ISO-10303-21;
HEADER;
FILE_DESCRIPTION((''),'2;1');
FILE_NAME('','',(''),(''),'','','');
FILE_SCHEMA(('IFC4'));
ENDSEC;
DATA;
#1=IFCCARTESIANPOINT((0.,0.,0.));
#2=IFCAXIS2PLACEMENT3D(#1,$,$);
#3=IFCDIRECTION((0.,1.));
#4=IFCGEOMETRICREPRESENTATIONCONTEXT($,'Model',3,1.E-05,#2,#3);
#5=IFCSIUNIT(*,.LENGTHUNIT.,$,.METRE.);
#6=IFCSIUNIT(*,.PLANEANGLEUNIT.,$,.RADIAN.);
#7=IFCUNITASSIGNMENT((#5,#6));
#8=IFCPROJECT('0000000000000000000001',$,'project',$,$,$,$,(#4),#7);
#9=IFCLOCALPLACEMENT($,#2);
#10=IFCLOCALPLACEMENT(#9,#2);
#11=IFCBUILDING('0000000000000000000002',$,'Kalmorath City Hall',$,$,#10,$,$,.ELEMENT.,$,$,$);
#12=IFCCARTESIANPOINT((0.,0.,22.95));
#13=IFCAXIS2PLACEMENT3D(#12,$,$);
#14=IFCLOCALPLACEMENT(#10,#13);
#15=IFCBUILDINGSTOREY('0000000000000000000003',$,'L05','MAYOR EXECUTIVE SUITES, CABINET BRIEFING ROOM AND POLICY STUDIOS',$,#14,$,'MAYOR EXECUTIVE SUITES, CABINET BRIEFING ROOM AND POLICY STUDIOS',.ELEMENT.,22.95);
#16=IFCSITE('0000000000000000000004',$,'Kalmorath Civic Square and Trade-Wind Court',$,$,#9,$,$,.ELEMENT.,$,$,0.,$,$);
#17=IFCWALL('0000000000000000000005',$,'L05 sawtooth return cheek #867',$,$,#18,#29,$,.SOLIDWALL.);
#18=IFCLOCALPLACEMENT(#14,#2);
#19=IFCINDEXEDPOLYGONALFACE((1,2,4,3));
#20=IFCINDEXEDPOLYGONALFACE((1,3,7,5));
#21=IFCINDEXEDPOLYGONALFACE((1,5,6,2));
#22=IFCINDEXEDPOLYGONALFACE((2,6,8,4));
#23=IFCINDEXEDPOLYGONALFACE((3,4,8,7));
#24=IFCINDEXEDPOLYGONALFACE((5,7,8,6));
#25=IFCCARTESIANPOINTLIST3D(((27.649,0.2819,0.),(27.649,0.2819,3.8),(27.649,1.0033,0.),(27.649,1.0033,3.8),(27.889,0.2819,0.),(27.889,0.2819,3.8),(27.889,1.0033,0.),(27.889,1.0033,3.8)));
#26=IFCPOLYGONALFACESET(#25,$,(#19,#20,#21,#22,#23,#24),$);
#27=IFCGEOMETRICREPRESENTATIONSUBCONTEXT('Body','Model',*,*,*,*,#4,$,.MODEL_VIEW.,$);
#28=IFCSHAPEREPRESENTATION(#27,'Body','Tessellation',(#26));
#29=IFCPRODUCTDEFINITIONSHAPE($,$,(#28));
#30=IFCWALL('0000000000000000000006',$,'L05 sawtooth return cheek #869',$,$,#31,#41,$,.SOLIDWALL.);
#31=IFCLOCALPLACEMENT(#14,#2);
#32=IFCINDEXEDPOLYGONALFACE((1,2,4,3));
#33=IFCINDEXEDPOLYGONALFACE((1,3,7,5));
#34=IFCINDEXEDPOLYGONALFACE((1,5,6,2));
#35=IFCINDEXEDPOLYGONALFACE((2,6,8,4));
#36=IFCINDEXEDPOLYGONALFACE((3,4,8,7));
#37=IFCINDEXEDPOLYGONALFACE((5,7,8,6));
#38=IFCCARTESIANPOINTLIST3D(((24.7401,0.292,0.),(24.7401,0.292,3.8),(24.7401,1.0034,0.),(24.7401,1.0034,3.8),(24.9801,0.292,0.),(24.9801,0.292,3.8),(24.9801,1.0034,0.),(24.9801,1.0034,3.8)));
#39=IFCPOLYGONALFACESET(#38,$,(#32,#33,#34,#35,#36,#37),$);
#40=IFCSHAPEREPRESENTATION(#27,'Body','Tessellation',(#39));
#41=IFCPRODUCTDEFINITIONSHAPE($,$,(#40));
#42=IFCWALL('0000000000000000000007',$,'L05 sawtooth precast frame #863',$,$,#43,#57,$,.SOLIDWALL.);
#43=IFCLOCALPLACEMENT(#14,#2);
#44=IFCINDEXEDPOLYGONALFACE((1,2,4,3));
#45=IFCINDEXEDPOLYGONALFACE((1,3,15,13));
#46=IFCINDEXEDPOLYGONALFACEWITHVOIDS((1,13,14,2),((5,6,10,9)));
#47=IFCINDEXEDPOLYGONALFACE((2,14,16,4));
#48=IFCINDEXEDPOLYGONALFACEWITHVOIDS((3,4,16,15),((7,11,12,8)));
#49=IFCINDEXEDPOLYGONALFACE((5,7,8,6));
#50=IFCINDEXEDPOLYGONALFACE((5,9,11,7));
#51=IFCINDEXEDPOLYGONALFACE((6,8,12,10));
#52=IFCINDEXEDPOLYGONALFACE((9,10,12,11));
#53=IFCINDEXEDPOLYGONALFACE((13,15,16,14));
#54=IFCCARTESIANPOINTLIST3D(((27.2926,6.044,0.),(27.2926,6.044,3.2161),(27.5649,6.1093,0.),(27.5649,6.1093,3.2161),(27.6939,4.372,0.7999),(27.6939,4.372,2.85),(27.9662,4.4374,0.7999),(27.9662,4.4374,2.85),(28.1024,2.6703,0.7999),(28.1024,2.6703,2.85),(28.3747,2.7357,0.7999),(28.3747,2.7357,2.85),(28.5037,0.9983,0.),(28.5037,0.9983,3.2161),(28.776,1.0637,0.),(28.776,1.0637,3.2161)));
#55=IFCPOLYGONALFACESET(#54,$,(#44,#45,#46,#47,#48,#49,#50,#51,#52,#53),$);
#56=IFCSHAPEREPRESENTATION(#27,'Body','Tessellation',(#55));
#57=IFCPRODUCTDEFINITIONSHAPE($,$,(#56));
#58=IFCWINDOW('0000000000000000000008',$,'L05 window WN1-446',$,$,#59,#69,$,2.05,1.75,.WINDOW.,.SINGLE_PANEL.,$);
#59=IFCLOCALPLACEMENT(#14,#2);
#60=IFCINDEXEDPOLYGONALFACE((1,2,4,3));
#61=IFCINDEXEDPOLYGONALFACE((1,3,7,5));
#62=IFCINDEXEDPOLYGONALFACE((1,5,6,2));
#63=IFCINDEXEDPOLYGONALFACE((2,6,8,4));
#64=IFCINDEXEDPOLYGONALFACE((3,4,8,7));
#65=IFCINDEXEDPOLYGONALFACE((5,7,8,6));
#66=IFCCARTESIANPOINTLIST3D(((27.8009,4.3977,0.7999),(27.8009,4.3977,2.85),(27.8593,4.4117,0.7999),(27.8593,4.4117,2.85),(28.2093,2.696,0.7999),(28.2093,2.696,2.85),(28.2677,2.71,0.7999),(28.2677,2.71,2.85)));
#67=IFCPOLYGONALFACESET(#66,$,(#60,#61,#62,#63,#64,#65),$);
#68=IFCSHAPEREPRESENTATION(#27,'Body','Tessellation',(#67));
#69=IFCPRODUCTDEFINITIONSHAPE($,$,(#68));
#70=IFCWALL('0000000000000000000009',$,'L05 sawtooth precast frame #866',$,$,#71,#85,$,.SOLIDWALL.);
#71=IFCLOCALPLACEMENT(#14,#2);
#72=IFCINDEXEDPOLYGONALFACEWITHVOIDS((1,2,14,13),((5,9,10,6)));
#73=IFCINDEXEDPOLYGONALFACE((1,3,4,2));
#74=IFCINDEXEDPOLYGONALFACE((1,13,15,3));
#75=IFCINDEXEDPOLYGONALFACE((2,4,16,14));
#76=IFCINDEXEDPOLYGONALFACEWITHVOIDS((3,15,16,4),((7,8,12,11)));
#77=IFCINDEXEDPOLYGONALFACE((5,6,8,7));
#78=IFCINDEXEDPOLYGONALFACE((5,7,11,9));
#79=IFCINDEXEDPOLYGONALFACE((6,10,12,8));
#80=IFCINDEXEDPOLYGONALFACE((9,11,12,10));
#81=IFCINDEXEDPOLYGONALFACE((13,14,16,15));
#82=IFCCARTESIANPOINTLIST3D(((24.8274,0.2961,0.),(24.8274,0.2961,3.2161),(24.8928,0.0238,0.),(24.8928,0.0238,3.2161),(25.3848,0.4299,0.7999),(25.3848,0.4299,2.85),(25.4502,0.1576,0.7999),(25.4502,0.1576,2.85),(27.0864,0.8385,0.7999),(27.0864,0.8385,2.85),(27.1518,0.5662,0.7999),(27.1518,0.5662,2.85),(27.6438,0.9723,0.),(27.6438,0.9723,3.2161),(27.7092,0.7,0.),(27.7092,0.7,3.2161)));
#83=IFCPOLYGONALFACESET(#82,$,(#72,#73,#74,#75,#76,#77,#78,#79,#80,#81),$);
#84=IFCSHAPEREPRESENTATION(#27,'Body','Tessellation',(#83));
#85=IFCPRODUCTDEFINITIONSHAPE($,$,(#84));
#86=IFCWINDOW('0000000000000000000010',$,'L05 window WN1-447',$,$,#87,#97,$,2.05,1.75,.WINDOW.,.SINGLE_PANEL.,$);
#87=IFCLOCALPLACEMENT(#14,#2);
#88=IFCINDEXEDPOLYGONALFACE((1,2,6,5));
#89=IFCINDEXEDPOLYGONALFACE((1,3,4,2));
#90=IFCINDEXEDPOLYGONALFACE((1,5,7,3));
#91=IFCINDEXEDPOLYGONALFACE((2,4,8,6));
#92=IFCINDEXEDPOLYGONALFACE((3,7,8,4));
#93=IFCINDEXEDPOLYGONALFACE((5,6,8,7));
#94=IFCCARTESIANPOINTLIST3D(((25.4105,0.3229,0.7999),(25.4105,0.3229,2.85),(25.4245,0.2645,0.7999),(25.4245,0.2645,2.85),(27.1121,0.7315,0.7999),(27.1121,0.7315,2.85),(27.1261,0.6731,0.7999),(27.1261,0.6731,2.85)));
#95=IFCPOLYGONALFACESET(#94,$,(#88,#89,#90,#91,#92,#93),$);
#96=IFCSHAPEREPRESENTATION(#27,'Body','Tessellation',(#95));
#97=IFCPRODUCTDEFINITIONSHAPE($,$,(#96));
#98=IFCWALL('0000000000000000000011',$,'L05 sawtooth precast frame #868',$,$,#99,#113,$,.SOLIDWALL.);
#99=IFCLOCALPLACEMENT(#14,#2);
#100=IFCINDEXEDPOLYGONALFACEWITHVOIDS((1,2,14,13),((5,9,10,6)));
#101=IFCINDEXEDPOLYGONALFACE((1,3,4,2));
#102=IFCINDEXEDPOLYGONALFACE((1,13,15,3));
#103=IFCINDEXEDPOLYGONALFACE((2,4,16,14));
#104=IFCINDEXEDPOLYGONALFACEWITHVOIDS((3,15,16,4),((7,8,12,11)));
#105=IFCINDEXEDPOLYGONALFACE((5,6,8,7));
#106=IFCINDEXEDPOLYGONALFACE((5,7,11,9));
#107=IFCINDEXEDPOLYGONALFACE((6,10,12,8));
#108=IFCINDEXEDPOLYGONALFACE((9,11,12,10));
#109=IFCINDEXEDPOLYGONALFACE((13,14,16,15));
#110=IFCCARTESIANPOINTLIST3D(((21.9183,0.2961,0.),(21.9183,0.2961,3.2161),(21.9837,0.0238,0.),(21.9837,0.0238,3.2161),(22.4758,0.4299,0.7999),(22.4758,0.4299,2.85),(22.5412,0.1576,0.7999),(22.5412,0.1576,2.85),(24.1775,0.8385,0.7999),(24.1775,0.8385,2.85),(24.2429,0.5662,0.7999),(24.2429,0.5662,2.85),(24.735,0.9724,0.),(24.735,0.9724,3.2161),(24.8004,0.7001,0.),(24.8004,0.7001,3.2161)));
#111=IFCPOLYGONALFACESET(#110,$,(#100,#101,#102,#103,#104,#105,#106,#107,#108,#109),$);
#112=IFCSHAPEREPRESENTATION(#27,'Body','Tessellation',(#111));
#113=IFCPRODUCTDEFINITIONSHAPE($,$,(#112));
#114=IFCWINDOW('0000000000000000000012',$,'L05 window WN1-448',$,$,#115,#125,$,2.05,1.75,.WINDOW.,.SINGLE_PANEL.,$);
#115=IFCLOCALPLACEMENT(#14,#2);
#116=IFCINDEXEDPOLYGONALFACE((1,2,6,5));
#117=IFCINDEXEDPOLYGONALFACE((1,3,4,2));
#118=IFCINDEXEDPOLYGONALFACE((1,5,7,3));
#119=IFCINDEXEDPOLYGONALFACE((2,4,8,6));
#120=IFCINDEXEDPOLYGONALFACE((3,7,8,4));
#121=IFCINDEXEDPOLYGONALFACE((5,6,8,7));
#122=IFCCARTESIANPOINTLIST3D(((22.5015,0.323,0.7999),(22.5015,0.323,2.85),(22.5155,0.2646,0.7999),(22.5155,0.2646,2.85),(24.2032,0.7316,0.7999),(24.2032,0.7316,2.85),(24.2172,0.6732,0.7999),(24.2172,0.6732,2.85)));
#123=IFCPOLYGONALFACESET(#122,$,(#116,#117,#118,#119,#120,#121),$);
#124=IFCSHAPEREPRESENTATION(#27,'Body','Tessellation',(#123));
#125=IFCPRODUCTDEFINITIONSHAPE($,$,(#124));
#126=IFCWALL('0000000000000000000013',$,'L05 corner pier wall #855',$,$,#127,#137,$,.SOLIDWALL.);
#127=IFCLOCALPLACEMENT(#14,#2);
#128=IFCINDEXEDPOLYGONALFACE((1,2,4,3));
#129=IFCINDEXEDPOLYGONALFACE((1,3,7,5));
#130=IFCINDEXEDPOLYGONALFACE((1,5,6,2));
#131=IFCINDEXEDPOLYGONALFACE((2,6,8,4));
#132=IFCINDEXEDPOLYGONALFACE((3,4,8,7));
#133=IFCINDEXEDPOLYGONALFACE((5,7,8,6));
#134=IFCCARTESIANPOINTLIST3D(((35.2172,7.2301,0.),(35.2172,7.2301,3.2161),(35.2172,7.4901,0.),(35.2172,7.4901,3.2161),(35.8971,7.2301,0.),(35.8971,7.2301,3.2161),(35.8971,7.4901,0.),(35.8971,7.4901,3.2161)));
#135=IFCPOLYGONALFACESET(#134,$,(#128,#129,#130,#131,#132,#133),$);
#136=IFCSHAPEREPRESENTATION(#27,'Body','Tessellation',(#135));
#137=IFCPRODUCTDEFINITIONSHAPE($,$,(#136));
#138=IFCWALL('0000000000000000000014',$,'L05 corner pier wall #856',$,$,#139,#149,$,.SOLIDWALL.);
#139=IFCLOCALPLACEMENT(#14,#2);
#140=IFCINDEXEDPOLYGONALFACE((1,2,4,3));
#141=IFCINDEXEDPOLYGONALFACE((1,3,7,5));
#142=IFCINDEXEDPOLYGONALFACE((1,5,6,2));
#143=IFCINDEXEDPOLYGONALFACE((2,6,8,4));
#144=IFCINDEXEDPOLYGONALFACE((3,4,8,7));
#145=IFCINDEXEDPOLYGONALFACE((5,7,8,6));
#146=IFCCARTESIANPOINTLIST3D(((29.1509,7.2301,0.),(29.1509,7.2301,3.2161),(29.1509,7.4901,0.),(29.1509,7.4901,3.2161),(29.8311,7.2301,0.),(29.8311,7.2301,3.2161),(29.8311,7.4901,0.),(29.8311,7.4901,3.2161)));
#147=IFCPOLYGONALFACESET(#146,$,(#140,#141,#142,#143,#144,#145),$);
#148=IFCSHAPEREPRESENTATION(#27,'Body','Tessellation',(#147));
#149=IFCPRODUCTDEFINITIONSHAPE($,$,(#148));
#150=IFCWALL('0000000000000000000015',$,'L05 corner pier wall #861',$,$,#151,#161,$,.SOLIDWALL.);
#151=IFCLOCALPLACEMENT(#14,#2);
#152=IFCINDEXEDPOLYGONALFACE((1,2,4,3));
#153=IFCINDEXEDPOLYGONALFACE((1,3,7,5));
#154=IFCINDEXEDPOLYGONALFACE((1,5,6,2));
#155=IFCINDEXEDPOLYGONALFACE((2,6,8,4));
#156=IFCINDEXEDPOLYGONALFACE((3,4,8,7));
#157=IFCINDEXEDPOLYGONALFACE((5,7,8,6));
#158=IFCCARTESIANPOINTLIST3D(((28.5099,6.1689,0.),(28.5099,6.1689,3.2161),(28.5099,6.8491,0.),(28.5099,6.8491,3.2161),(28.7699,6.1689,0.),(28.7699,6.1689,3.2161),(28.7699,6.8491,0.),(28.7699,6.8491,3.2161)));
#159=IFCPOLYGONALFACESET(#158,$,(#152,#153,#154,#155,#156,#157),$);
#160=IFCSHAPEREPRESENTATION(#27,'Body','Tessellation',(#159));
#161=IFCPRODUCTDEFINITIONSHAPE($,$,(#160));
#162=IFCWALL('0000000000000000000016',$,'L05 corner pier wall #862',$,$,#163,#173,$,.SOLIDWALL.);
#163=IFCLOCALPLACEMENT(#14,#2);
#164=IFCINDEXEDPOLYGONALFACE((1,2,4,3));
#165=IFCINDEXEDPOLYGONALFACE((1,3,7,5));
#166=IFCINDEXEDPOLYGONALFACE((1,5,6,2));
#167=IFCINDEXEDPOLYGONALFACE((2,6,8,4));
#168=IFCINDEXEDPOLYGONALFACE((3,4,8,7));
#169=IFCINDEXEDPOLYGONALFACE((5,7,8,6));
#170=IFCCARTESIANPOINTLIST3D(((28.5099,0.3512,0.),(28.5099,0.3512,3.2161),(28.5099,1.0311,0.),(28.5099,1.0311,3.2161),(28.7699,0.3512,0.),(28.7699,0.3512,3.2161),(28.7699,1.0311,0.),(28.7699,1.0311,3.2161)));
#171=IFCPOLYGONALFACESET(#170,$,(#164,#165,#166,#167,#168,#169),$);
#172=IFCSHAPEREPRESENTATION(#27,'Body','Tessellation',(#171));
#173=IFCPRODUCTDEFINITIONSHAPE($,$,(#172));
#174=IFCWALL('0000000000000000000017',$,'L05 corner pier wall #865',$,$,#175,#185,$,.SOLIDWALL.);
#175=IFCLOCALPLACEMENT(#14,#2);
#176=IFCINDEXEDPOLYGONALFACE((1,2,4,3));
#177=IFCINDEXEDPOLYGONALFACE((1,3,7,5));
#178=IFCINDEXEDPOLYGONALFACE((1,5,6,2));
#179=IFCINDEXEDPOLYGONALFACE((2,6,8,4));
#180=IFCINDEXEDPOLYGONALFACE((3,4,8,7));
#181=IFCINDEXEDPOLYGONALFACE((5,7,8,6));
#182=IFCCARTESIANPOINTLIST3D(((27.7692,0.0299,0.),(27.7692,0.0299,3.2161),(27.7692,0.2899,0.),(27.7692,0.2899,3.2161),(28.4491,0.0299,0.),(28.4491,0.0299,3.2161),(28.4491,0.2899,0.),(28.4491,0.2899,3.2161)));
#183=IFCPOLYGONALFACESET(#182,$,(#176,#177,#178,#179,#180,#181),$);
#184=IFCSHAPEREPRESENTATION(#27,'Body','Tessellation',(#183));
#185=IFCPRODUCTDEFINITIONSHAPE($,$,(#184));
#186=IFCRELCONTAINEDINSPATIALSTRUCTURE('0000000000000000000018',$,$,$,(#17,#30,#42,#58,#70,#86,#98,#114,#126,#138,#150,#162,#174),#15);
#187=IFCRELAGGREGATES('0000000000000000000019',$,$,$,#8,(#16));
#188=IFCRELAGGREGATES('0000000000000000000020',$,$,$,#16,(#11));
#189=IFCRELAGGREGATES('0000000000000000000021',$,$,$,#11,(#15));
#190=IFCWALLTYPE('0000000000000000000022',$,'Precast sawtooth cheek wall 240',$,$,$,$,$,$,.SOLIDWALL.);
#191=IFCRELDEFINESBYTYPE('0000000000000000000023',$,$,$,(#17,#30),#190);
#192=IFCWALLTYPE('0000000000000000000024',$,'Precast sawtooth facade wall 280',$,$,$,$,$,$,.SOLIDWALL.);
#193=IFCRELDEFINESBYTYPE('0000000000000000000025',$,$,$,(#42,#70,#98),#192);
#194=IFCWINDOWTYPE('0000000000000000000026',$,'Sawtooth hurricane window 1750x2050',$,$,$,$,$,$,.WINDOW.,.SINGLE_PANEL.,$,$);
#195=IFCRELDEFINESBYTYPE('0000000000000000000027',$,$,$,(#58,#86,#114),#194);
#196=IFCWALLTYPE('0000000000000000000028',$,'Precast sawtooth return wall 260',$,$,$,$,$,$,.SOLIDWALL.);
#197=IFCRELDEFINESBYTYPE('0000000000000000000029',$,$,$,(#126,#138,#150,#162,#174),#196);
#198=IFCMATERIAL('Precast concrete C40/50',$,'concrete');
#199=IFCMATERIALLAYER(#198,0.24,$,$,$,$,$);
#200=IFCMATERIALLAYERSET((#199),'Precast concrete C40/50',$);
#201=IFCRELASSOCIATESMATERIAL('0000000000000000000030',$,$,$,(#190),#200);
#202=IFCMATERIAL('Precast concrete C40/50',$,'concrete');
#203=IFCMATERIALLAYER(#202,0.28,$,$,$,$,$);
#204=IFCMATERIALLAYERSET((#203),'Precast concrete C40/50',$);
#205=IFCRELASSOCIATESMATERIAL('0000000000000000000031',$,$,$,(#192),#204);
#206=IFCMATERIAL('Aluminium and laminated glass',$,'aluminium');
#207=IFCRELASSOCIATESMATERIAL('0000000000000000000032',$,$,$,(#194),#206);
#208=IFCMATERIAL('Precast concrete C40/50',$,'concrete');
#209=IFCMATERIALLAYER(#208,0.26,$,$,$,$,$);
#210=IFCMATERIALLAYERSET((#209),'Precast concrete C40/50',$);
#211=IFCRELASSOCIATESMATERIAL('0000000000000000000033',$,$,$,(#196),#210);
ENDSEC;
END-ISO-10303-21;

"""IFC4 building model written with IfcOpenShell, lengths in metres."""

from ifc_helpers import new_model, si_unit, direction, frame, frame_2d, origin, place, context, subcontext, project, spatial, rectangle, extrude, material, layer, layer_set, type_object, element, fill, save


model = new_model("IFC4")

# Units and contexts
model_context = context("Model", 3, precision=1e-05, world=origin(), true_north=direction((0.0, 1.0)))
body_context = subcontext(model_context, "Body", "Model", "MODEL_VIEW")
ifc_project = project(units=[si_unit("LENGTHUNIT", "METRE"), si_unit("PLANEANGLEUNIT", "RADIAN")], contexts=[model_context])

# Site, building, storey
site_placement = place(None, origin())
site = spatial("IfcSite", under=ifc_project, at=site_placement, Name="Kalmorath Civic Square and Trade-Wind Court", CompositionType="ELEMENT", RefElevation=0.0)
building_placement = place(site_placement, origin())
building = spatial("IfcBuilding", under=site, at=building_placement, Name="Kalmorath City Hall", CompositionType="ELEMENT")
storey_placement = place(building_placement, frame((0.0, 0.0, 22.95)))
storey = spatial("IfcBuildingStorey", under=building, at=storey_placement, Name="L05", Description="MAYOR EXECUTIVE SUITES, CABINET BRIEFING ROOM AND POLICY STUDIOS", LongName="MAYOR EXECUTIVE SUITES, CABINET BRIEFING ROOM AND POLICY STUDIOS", CompositionType="ELEMENT", Elevation=22.95)

# Walls
ifc_material_1 = material(Name="Precast concrete C40/50", Category="concrete")
ifc_layer_1 = layer(ifc_material_1, 0.24)
ifc_layer_set_1 = layer_set([ifc_layer_1], Name="Precast concrete C40/50")
wall_type_1 = type_object("IfcWallType", Name="Precast sawtooth cheek wall 240", PredefinedType="SOLIDWALL", material=ifc_layer_set_1)
wall_1_placement = place(storey_placement, frame((27.769, 1.0034, 0.0), z_axis=(0.0, 0.0, 1.0), x_axis=(0.0, -1.0, 0.0)))
element("IfcWall", 1, at=wall_1_placement, inside=storey, type_object=wall_type_1, Name="L05 sawtooth return cheek #867", PredefinedType="SOLIDWALL", context=body_context, shape_type="SweptSolid", body=[
    extrude(rectangle(XDim=0.7214, YDim=0.24, at=frame_2d((0.3608, 0.0))), origin(), (0.0, 0.0, 1.0), 3.8),
])
wall_2_placement = place(storey_placement, frame((24.8601, 1.0034, 0.0), z_axis=(0.0, 0.0, 1.0), x_axis=(0.0, -1.0, 0.0)))
element("IfcWall", 2, at=wall_2_placement, inside=storey, type_object=wall_type_1, Name="L05 sawtooth return cheek #869", PredefinedType="SOLIDWALL", context=body_context, shape_type="SweptSolid", body=[
    extrude(rectangle(XDim=0.7114, YDim=0.24, at=frame_2d((0.3557, 0.0))), origin(), (0.0, 0.0, 1.0), 3.8),
])

# Walls, openings, windows
ifc_material_2 = material(Name="Precast concrete C40/50", Category="concrete")
ifc_layer_2 = layer(ifc_material_2, 0.28)
ifc_layer_set_2 = layer_set([ifc_layer_2], Name="Precast concrete C40/50")
wall_type_2 = type_object("IfcWallType", Name="Precast sawtooth facade wall 280", PredefinedType="SOLIDWALL", material=ifc_layer_set_2)
wall_3_placement = place(storey_placement, frame((27.4287, 6.0767, 0.0), z_axis=(0.0, 0.0, 1.0), x_axis=(0.233414, -0.972377, 0.0)))
wall_3 = element("IfcWall", 3, at=wall_3_placement, inside=storey, type_object=wall_type_2, Name="L05 sawtooth precast frame #863", PredefinedType="SOLIDWALL", context=body_context, shape_type="SweptSolid", body=[
    extrude(rectangle(XDim=5.189, YDim=0.28, at=frame_2d((2.5945, 0.0))), origin(), (0.0, 0.0, 1.0), 3.2161),
])
opening_1_placement = place(wall_3_placement, frame((1.7195, 0.0, 0.8)))
opening_1 = element("IfcOpeningElement", 4, at=opening_1_placement, cuts=wall_3, PredefinedType="OPENING", context=body_context, shape_type="SweptSolid", body=[
    extrude(rectangle(XDim=1.75, YDim=2.05, at=frame_2d((0.875, 1.0249))), frame((0.0, 0.1499, 0.0), z_axis=(0.0, -1.0, 0.0), x_axis=(1.0, 0.0, 0.0)), (0.0, 0.0, 1.0), 0.3),
])
ifc_material_3 = material(Name="Aluminium and laminated glass", Category="aluminium")
window_type = type_object("IfcWindowType", Name="Sawtooth hurricane window 1750x2050", PartitioningType="SINGLE_PANEL", PredefinedType="WINDOW", material=ifc_material_3)
window_1_placement = place(opening_1_placement, origin())
window_1 = element("IfcWindow", 5, at=window_1_placement, inside=storey, type_object=window_type, Name="L05 window WN1-446", OverallHeight=2.05, OverallWidth=1.75, PartitioningType="SINGLE_PANEL", PredefinedType="WINDOW", context=body_context, shape_type="SweptSolid", body=[
    extrude(rectangle(XDim=1.75, YDim=2.05, at=frame_2d((0.875, 1.0249))), frame((0.0, 0.03, 0.0), z_axis=(0.0, -1.0, 0.0), x_axis=(1.0, 0.0, 0.0)), (0.0, 0.0, 1.0), 0.0601),
])
fill(opening_1, window_1)
wall_4_placement = place(storey_placement, frame((27.6765, 0.8362, 0.0), z_axis=(0.0, 0.0, 1.0), x_axis=(-0.972361, -0.233481, 0.0)))
wall_4 = element("IfcWall", 6, at=wall_4_placement, inside=storey, type_object=wall_type_2, Name="L05 sawtooth precast frame #866", PredefinedType="SOLIDWALL", context=body_context, shape_type="SweptSolid", body=[
    extrude(rectangle(XDim=2.8965, YDim=0.28, at=frame_2d((1.4482, 0.0))), origin(), (0.0, 0.0, 1.0), 3.2161),
])
opening_2_placement = place(wall_4_placement, frame((0.5732, 0.0, 0.8)))
opening_2 = element("IfcOpeningElement", 7, at=opening_2_placement, cuts=wall_4, PredefinedType="OPENING", context=body_context, shape_type="SweptSolid", body=[
    extrude(rectangle(XDim=1.75, YDim=2.05, at=frame_2d((0.875, 1.0249))), frame((0.0, 0.1499, 0.0), z_axis=(0.0, -1.0, 0.0), x_axis=(1.0, 0.0, 0.0)), (0.0, 0.0, 1.0), 0.3),
])
window_2_placement = place(opening_2_placement, origin())
window_2 = element("IfcWindow", 8, at=window_2_placement, inside=storey, type_object=window_type, Name="L05 window WN1-447", OverallHeight=2.05, OverallWidth=1.75, PartitioningType="SINGLE_PANEL", PredefinedType="WINDOW", context=body_context, shape_type="SweptSolid", body=[
    extrude(rectangle(XDim=1.75, YDim=2.05, at=frame_2d((0.875, 1.0249))), frame((0.0, 0.03, 0.0), z_axis=(0.0, -1.0, 0.0), x_axis=(1.0, 0.0, 0.0)), (0.0, 0.0, 1.0), 0.0601),
])
fill(opening_2, window_2)
wall_5_placement = place(storey_placement, frame((24.7676, 0.8362, 0.0), z_axis=(0.0, 0.0, 1.0), x_axis=(-0.972366, -0.233462, 0.0)))
wall_5 = element("IfcWall", 9, at=wall_5_placement, inside=storey, type_object=wall_type_2, Name="L05 sawtooth precast frame #868", PredefinedType="SOLIDWALL", context=body_context, shape_type="SweptSolid", body=[
    extrude(rectangle(XDim=2.8967, YDim=0.28, at=frame_2d((1.4482, 0.0))), origin(), (0.0, 0.0, 1.0), 3.2161),
])
opening_3_placement = place(wall_5_placement, frame((0.5732, 0.0, 0.8)))
opening_3 = element("IfcOpeningElement", 10, at=opening_3_placement, cuts=wall_5, PredefinedType="OPENING", context=body_context, shape_type="SweptSolid", body=[
    extrude(rectangle(XDim=1.75, YDim=2.05, at=frame_2d((0.875, 1.0249))), frame((0.0, 0.1499, 0.0), z_axis=(0.0, -1.0, 0.0), x_axis=(1.0, 0.0, 0.0)), (0.0, 0.0, 1.0), 0.3),
])
window_3_placement = place(opening_3_placement, origin())
window_3 = element("IfcWindow", 11, at=window_3_placement, inside=storey, type_object=window_type, Name="L05 window WN1-448", OverallHeight=2.05, OverallWidth=1.75, PartitioningType="SINGLE_PANEL", PredefinedType="WINDOW", context=body_context, shape_type="SweptSolid", body=[
    extrude(rectangle(XDim=1.75, YDim=2.05, at=frame_2d((0.875, 1.0249))), frame((0.0, 0.03, 0.0), z_axis=(0.0, -1.0, 0.0), x_axis=(1.0, 0.0, 0.0)), (0.0, 0.0, 1.0), 0.0601),
])
fill(opening_3, window_3)

# Walls
ifc_material_4 = material(Name="Precast concrete C40/50", Category="concrete")
ifc_layer_3 = layer(ifc_material_4, 0.26)
ifc_layer_set_3 = layer_set([ifc_layer_3], Name="Precast concrete C40/50")
wall_type_3 = type_object("IfcWallType", Name="Precast sawtooth return wall 260", PredefinedType="SOLIDWALL", material=ifc_layer_set_3)
wall_6_placement = place(storey_placement, frame((35.897, 7.3601, 0.0), z_axis=(0.0, 0.0, 1.0), x_axis=(-1.0, 0.0, 0.0)))
element("IfcWall", 12, at=wall_6_placement, inside=storey, type_object=wall_type_3, Name="L05 corner pier wall #855", PredefinedType="SOLIDWALL", context=body_context, shape_type="SweptSolid", body=[
    extrude(rectangle(XDim=0.6799, YDim=0.26, at=frame_2d((0.3398, 0.0))), origin(), (0.0, 0.0, 1.0), 3.2161),
])
for number, where, z_axis, x_axis, name in (
    (13, (29.8311, 7.3601, 0.0), (0.0, 0.0, 1.0), (-1.0, 0.0, 0.0), "L05 corner pier wall #856"),
    (14, (28.6399, 6.8491, 0.0), (0.0, 0.0, 1.0), (0.0, -1.0, 0.0), "L05 corner pier wall #861"),
):
    element("IfcWall", number, at=place(storey_placement, frame(where, z_axis=z_axis, x_axis=x_axis)), inside=storey, type_object=wall_type_3, Name=name, PredefinedType="SOLIDWALL", context=body_context, shape_type="SweptSolid", body=[
        extrude(rectangle(XDim=0.6802, YDim=0.26, at=frame_2d((0.3401, 0.0))), origin(), (0.0, 0.0, 1.0), 3.2161),
    ])
for number, where, z_axis, x_axis, name in (
    (15, (28.6399, 1.031, 0.0), (0.0, 0.0, 1.0), (0.0, -1.0, 0.0), "L05 corner pier wall #862"),
    (16, (28.449, 0.1599, 0.0), (0.0, 0.0, 1.0), (-1.0, 0.0, 0.0), "L05 corner pier wall #865"),
):
    element("IfcWall", number, at=place(storey_placement, frame(where, z_axis=z_axis, x_axis=x_axis)), inside=storey, type_object=wall_type_3, Name=name, PredefinedType="SOLIDWALL", context=body_context, shape_type="SweptSolid", body=[
        extrude(rectangle(XDim=0.6799, YDim=0.26, at=frame_2d((0.3398, 0.0))), origin(), (0.0, 0.0, 1.0), 3.2161),
    ])

save(model, "model.ifc")
